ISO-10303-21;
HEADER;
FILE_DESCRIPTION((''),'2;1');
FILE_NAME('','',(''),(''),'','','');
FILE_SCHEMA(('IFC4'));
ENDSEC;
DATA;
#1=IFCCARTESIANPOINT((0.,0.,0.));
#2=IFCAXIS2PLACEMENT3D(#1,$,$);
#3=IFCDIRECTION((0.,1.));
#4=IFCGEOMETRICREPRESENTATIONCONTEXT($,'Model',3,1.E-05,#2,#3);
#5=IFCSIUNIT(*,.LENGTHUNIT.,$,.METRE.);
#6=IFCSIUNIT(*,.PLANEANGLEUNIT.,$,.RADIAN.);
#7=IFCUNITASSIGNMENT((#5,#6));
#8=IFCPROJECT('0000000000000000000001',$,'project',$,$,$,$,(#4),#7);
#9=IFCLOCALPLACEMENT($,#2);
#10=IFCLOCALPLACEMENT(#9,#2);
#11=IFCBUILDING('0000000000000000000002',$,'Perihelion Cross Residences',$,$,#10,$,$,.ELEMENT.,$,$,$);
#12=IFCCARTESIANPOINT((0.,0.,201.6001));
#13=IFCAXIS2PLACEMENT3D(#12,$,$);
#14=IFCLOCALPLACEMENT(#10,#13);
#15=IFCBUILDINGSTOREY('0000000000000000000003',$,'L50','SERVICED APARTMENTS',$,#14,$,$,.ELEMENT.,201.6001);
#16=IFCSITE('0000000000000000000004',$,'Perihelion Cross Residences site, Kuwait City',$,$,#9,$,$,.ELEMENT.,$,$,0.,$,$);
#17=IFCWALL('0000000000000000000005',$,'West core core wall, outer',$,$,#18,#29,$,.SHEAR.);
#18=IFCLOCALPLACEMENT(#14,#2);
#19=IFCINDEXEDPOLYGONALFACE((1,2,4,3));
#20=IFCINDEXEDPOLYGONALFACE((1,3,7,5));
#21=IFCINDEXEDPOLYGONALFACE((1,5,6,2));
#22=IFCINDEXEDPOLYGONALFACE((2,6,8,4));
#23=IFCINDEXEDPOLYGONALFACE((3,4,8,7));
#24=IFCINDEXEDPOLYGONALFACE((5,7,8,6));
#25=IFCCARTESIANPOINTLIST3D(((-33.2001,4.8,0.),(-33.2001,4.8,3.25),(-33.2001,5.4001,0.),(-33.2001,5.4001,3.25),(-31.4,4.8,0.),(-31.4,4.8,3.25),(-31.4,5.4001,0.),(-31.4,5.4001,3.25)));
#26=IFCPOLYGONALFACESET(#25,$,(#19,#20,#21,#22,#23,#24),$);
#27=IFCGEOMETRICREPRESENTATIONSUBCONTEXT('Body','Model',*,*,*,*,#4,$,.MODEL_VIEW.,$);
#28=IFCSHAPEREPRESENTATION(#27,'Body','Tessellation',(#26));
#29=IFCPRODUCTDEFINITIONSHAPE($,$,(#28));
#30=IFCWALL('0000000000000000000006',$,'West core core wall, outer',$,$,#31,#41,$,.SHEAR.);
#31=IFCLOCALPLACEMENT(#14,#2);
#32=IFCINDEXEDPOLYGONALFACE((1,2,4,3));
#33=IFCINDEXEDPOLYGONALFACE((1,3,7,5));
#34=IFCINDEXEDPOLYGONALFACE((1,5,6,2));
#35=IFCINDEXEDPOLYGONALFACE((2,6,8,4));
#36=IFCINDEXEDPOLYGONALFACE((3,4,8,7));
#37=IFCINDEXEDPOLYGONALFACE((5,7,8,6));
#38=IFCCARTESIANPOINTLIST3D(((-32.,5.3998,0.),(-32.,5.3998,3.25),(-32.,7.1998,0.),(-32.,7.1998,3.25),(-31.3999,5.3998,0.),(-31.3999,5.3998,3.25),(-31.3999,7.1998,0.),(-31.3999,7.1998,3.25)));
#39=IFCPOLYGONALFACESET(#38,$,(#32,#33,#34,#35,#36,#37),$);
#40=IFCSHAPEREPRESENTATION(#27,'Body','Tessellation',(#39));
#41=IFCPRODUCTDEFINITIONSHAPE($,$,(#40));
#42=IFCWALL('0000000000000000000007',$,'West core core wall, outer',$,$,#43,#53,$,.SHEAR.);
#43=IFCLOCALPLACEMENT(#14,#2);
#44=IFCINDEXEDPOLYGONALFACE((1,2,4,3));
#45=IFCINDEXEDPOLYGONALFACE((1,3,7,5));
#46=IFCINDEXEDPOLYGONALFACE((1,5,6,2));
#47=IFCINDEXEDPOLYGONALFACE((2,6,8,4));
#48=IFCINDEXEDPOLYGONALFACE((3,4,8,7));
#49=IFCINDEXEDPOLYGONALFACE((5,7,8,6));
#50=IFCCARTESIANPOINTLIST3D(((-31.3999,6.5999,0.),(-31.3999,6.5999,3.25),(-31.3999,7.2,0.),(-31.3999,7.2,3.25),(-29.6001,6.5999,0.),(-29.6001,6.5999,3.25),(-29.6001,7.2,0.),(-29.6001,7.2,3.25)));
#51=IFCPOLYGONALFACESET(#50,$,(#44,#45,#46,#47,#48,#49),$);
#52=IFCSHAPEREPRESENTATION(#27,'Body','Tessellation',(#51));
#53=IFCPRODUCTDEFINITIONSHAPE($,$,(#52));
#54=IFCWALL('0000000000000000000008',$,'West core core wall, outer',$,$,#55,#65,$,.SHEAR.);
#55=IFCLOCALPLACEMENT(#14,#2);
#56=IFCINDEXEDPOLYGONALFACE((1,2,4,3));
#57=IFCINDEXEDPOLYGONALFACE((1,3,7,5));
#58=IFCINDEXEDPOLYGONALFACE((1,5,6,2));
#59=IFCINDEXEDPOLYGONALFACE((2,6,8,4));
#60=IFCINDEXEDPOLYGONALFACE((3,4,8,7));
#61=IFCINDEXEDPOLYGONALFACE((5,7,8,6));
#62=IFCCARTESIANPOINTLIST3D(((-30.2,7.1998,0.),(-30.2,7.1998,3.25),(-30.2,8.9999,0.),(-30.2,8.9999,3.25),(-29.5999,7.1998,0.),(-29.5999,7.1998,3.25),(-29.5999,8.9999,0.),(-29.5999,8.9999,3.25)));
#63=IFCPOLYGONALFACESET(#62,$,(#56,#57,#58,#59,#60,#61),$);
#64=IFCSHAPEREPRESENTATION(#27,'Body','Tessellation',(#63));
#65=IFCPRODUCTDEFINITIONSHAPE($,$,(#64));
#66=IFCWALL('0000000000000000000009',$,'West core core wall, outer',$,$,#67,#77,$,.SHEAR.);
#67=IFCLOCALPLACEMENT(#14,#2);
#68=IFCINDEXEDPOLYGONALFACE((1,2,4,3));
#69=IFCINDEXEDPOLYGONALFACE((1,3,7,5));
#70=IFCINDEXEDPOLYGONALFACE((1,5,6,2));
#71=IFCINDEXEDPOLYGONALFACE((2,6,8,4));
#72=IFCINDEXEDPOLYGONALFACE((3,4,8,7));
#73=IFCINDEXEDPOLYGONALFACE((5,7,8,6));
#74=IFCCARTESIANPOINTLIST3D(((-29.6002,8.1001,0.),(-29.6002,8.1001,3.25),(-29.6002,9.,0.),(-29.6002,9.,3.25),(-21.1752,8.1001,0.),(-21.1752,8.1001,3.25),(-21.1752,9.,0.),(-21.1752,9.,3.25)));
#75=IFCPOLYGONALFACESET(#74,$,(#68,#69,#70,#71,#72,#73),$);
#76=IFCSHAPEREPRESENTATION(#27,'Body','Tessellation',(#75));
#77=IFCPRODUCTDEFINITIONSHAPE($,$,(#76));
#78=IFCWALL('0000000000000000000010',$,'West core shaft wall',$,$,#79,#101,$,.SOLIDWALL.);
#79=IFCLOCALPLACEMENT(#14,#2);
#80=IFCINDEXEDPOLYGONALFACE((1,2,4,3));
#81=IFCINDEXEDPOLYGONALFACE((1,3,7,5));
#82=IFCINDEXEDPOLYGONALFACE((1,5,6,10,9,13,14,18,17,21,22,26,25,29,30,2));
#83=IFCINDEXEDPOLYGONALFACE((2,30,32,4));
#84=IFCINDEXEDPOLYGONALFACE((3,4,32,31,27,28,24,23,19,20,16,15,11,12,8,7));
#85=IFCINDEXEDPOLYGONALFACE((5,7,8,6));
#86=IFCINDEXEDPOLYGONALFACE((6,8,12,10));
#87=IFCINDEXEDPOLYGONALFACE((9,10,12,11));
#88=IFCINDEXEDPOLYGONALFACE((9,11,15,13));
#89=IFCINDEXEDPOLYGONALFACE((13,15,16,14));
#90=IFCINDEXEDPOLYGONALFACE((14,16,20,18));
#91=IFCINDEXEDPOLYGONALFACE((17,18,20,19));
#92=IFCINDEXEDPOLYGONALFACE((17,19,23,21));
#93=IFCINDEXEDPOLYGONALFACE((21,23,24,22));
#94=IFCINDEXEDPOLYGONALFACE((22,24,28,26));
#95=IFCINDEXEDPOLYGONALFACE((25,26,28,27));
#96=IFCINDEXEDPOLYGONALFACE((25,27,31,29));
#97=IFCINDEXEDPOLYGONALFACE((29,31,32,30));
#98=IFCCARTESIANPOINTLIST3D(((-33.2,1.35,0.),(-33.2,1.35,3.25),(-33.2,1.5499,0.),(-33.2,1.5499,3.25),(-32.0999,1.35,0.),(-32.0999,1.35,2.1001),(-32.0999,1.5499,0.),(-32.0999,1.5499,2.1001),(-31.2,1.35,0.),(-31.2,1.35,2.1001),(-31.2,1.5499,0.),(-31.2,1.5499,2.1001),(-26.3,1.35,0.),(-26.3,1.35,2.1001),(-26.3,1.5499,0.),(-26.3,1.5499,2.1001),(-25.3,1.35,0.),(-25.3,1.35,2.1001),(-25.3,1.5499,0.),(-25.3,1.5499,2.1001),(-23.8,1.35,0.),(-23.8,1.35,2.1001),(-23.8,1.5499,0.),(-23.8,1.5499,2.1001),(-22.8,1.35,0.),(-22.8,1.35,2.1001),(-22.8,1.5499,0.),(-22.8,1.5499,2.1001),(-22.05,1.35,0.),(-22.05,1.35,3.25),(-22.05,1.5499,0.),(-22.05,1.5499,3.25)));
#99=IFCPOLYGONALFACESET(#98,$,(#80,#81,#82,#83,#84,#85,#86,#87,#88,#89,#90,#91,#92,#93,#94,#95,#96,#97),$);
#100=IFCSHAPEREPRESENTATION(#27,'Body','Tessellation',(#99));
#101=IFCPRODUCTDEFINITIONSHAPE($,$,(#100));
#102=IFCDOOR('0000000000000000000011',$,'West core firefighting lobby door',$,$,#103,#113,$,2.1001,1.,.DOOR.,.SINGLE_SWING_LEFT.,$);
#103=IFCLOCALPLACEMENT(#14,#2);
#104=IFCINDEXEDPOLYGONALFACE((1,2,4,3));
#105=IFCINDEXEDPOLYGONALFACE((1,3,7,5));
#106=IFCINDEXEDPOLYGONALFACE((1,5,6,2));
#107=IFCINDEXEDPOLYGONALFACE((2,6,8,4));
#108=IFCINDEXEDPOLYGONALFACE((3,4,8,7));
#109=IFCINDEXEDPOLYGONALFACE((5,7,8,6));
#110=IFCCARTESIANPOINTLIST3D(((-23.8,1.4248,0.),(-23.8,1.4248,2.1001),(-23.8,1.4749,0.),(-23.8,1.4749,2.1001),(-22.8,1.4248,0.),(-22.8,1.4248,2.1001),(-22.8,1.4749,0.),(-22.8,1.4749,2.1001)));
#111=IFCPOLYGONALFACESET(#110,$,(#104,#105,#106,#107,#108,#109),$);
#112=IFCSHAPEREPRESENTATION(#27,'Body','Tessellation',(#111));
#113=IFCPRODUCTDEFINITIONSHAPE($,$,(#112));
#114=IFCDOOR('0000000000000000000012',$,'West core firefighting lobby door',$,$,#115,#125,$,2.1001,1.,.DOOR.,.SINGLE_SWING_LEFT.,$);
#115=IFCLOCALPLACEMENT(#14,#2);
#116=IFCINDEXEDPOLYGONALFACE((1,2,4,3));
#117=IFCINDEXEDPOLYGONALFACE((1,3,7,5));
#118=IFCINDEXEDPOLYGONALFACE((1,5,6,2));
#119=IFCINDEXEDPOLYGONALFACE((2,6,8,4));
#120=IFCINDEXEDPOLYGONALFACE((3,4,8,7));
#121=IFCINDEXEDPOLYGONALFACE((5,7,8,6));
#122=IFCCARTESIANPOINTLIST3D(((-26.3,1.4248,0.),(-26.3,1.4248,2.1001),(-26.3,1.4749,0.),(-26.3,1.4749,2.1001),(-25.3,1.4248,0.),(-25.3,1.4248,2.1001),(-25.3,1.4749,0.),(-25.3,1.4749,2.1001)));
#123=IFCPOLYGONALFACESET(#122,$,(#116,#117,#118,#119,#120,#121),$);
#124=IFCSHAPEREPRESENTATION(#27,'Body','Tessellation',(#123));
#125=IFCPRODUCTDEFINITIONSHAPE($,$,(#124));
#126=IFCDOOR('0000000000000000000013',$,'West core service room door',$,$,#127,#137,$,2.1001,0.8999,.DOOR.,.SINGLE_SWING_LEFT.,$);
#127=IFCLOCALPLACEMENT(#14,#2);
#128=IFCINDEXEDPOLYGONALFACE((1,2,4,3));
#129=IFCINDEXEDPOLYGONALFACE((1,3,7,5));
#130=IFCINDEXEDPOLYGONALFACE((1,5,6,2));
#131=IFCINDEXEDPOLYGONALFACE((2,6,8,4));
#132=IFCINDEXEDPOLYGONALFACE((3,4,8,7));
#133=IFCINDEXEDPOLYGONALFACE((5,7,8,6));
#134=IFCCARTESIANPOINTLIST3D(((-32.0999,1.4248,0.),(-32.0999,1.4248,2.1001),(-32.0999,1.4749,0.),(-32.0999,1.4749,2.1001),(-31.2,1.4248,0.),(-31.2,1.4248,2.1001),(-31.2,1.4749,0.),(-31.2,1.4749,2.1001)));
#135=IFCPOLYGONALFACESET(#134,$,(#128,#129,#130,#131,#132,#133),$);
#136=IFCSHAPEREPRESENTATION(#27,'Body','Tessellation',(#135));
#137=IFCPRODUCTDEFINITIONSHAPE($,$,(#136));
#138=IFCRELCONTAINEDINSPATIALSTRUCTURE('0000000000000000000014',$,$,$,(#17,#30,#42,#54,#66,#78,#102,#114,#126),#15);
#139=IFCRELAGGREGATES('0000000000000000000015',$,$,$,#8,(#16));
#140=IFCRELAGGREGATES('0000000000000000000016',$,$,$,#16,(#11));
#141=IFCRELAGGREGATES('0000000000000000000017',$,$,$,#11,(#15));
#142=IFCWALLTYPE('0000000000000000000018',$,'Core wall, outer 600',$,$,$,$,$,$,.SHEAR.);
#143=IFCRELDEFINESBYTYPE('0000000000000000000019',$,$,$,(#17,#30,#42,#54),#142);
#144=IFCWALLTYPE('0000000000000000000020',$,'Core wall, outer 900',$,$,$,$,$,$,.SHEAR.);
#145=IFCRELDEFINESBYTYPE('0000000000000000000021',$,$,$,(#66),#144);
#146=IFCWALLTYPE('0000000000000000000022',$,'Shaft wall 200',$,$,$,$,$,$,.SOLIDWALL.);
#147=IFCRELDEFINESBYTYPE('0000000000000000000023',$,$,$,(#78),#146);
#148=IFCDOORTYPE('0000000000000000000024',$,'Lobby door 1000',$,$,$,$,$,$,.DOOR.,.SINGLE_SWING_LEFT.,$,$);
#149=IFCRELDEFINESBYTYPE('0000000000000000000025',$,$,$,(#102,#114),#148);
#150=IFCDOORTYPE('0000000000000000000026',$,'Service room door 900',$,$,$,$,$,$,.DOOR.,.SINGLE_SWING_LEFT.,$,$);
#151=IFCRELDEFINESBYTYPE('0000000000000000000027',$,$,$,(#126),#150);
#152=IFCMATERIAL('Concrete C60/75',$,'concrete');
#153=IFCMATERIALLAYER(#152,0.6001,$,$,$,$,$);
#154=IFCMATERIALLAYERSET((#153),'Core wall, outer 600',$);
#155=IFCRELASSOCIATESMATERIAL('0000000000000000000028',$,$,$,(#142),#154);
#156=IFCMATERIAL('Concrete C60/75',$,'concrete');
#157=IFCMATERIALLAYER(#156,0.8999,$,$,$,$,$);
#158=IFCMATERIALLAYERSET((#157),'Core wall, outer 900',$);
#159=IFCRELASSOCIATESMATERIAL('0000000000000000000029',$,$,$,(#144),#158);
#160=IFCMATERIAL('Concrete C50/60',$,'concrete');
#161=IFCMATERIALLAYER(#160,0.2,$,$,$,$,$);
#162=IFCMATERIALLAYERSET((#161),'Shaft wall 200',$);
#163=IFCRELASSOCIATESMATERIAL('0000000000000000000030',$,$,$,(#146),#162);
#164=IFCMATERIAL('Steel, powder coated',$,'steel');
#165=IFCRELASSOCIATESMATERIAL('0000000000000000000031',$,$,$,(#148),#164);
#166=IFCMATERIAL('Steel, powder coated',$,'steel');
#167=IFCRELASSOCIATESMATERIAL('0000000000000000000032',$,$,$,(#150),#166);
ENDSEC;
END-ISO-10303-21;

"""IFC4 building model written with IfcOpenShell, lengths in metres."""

from ifc_helpers import new_model, si_unit, direction, frame, frame_2d, origin, place, context, subcontext, project, spatial, rectangle, extrude, material, layer, layer_set, type_object, element, fill, save


model = new_model("IFC4")

# Units and contexts
model_context = context("Model", 3, precision=1e-05, world=origin(), true_north=direction((0.0, 1.0)))
body_context = subcontext(model_context, "Body", "Model", "MODEL_VIEW")
ifc_project = project(units=[si_unit("LENGTHUNIT", "METRE"), si_unit("PLANEANGLEUNIT", "RADIAN")], contexts=[model_context])

# Site, building, storey
site_placement = place(None, origin())
site = spatial("IfcSite", under=ifc_project, at=site_placement, Name="Perihelion Cross Residences site, Kuwait City", CompositionType="ELEMENT", RefElevation=0.0)
building_placement = place(site_placement, origin())
building = spatial("IfcBuilding", under=site, at=building_placement, Name="Perihelion Cross Residences", CompositionType="ELEMENT")
storey_placement = place(building_placement, frame((0.0, 0.0, 201.6001)))
storey = spatial("IfcBuildingStorey", under=building, at=storey_placement, Name="L50", Description="SERVICED APARTMENTS", CompositionType="ELEMENT", Elevation=201.6001)

# Walls
ifc_material_1 = material(Name="Concrete C60/75", Category="concrete")
ifc_layer_1 = layer(ifc_material_1, 0.6001)
ifc_layer_set_1 = layer_set([ifc_layer_1], Name="Core wall, outer 600")
wall_type_1 = type_object("IfcWallType", Name="Core wall, outer 600", PredefinedType="SHEAR", material=ifc_layer_set_1)
for number, where, z_axis, x_axis, name in (
    (1, (-33.2, 5.1001, 0.0), (0.0, 0.0, 1.0), (1.0, 0.0, 0.0), "West core core wall, outer"),
    (2, (-31.7, 5.3999, 0.0), (0.0, 0.0, 1.0), (0.0, 1.0, 0.0), "West core core wall, outer"),
):
    element("IfcWall", number, at=place(storey_placement, frame(where, z_axis=z_axis, x_axis=x_axis)), inside=storey, type_object=wall_type_1, Name=name, PredefinedType="SHEAR", context=body_context, shape_type="SweptSolid", body=[
        extrude(rectangle(XDim=1.8, YDim=0.6001, at=frame_2d((0.8999, 0.0))), origin(), (0.0, 0.0, 1.0), 3.25),
    ])
wall_1_placement = place(storey_placement, frame((-31.3999, 6.8999, 0.0), z_axis=(0.0, 0.0, 1.0), x_axis=(1.0, 0.0, 0.0)))
element("IfcWall", 3, at=wall_1_placement, inside=storey, type_object=wall_type_1, Name="West core core wall, outer", PredefinedType="SHEAR", context=body_context, shape_type="SweptSolid", body=[
    extrude(rectangle(XDim=1.7998, YDim=0.6001, at=frame_2d((0.8999, 0.0))), origin(), (0.0, 0.0, 1.0), 3.25),
])
wall_2_placement = place(storey_placement, frame((-29.8999, 7.2, 0.0), z_axis=(0.0, 0.0, 1.0), x_axis=(0.0, 1.0, 0.0)))
element("IfcWall", 4, at=wall_2_placement, inside=storey, type_object=wall_type_1, Name="West core core wall, outer", PredefinedType="SHEAR", context=body_context, shape_type="SweptSolid", body=[
    extrude(rectangle(XDim=1.8, YDim=0.6001, at=frame_2d((0.8999, 0.0))), origin(), (0.0, 0.0, 1.0), 3.25),
])
ifc_material_2 = material(Name="Concrete C60/75", Category="concrete")
ifc_layer_2 = layer(ifc_material_2, 0.8999)
ifc_layer_set_2 = layer_set([ifc_layer_2], Name="Core wall, outer 900")
wall_type_2 = type_object("IfcWallType", Name="Core wall, outer 900", PredefinedType="SHEAR", material=ifc_layer_set_2)
wall_3_placement = place(storey_placement, frame((-29.6001, 8.55, 0.0), z_axis=(0.0, 0.0, 1.0), x_axis=(1.0, 0.0, 0.0)))
element("IfcWall", 5, at=wall_3_placement, inside=storey, type_object=wall_type_2, Name="West core core wall, outer", PredefinedType="SHEAR", context=body_context, shape_type="SweptSolid", body=[
    extrude(rectangle(XDim=8.425, YDim=0.8999, at=frame_2d((4.2124, 0.0))), origin(), (0.0, 0.0, 1.0), 3.25),
])

# Wall, openings, doors
ifc_material_3 = material(Name="Concrete C50/60", Category="concrete")
ifc_layer_3 = layer(ifc_material_3, 0.2)
ifc_layer_set_3 = layer_set([ifc_layer_3], Name="Shaft wall 200")
wall_type_3 = type_object("IfcWallType", Name="Shaft wall 200", PredefinedType="SOLIDWALL", material=ifc_layer_set_3)
wall_4_placement = place(storey_placement, frame((-33.2, 1.45, 0.0), z_axis=(0.0, 0.0, 1.0), x_axis=(1.0, 0.0, 0.0)))
wall_4 = element("IfcWall", 6, at=wall_4_placement, inside=storey, type_object=wall_type_3, Name="West core shaft wall", PredefinedType="SOLIDWALL", context=body_context, shape_type="SweptSolid", body=[
    extrude(rectangle(XDim=11.1499, YDim=0.2, at=frame_2d((5.575, 0.0))), origin(), (0.0, 0.0, 1.0), 3.25),
])
opening_1_placement = place(wall_4_placement, frame((9.3999, 0.0, 0.0)))
opening_1 = element("IfcOpeningElement", 7, at=opening_1_placement, cuts=wall_4, PredefinedType="OPENING", context=body_context, shape_type="SweptSolid", body=[
    extrude(rectangle(XDim=1.0, YDim=2.1001, at=frame_2d((0.5, 1.05))), frame((0.0, 0.1099, 0.0), z_axis=(0.0, -1.0, 0.0), x_axis=(1.0, 0.0, 0.0)), (0.0, 0.0, 1.0), 0.22),
])
opening_2_placement = place(wall_4_placement, frame((6.8999, 0.0, 0.0)))
opening_2 = element("IfcOpeningElement", 8, at=opening_2_placement, cuts=wall_4, PredefinedType="OPENING", context=body_context, shape_type="SweptSolid", body=[
    extrude(rectangle(XDim=1.0, YDim=2.1001, at=frame_2d((0.5, 1.05))), frame((0.0, 0.1099, 0.0), z_axis=(0.0, -1.0, 0.0), x_axis=(1.0, 0.0, 0.0)), (0.0, 0.0, 1.0), 0.22),
])
opening_3_placement = place(wall_4_placement, frame((1.1001, 0.0, 0.0)))
opening_3 = element("IfcOpeningElement", 9, at=opening_3_placement, cuts=wall_4, PredefinedType="OPENING", context=body_context, shape_type="SweptSolid", body=[
    extrude(rectangle(XDim=0.8999, YDim=2.1001, at=frame_2d((0.45, 1.05))), frame((0.0, 0.1099, 0.0), z_axis=(0.0, -1.0, 0.0), x_axis=(1.0, 0.0, 0.0)), (0.0, 0.0, 1.0), 0.22),
])
ifc_material_4 = material(Name="Steel, powder coated", Category="steel")
door_type_1 = type_object("IfcDoorType", Name="Lobby door 1000", OperationType="SINGLE_SWING_LEFT", PredefinedType="DOOR", material=ifc_material_4)
door_1_placement = place(opening_1_placement, origin())
door_1 = element("IfcDoor", 10, at=door_1_placement, inside=storey, type_object=door_type_1, Name="West core firefighting lobby door", OperationType="SINGLE_SWING_LEFT", OverallHeight=2.1001, OverallWidth=1.0, PredefinedType="DOOR", context=body_context, shape_type="SweptSolid", body=[
    extrude(rectangle(XDim=1.0, YDim=2.1001, at=frame_2d((0.5, 1.05))), frame((0.0, 0.0249, 0.0), z_axis=(0.0, -1.0, 0.0), x_axis=(1.0, 0.0, 0.0)), (0.0, 0.0, 1.0), 0.05),
])
fill(opening_1, door_1)
door_2_placement = place(opening_2_placement, origin())
door_2 = element("IfcDoor", 11, at=door_2_placement, inside=storey, type_object=door_type_1, Name="West core firefighting lobby door", OperationType="SINGLE_SWING_LEFT", OverallHeight=2.1001, OverallWidth=1.0, PredefinedType="DOOR", context=body_context, shape_type="SweptSolid", body=[
    extrude(rectangle(XDim=1.0, YDim=2.1001, at=frame_2d((0.5, 1.05))), frame((0.0, 0.0249, 0.0), z_axis=(0.0, -1.0, 0.0), x_axis=(1.0, 0.0, 0.0)), (0.0, 0.0, 1.0), 0.05),
])
fill(opening_2, door_2)
ifc_material_5 = material(Name="Steel, powder coated", Category="steel")
door_type_2 = type_object("IfcDoorType", Name="Service room door 900", OperationType="SINGLE_SWING_LEFT", PredefinedType="DOOR", material=ifc_material_5)
door_3_placement = place(opening_3_placement, origin())
door_3 = element("IfcDoor", 12, at=door_3_placement, inside=storey, type_object=door_type_2, Name="West core service room door", OperationType="SINGLE_SWING_LEFT", OverallHeight=2.1001, OverallWidth=0.8999, PredefinedType="DOOR", context=body_context, shape_type="SweptSolid", body=[
    extrude(rectangle(XDim=0.8999, YDim=2.1001, at=frame_2d((0.45, 1.05))), frame((0.0, 0.0249, 0.0), z_axis=(0.0, -1.0, 0.0), x_axis=(1.0, 0.0, 0.0)), (0.0, 0.0, 1.0), 0.05),
])
fill(opening_3, door_3)

save(model, "model.ifc")
